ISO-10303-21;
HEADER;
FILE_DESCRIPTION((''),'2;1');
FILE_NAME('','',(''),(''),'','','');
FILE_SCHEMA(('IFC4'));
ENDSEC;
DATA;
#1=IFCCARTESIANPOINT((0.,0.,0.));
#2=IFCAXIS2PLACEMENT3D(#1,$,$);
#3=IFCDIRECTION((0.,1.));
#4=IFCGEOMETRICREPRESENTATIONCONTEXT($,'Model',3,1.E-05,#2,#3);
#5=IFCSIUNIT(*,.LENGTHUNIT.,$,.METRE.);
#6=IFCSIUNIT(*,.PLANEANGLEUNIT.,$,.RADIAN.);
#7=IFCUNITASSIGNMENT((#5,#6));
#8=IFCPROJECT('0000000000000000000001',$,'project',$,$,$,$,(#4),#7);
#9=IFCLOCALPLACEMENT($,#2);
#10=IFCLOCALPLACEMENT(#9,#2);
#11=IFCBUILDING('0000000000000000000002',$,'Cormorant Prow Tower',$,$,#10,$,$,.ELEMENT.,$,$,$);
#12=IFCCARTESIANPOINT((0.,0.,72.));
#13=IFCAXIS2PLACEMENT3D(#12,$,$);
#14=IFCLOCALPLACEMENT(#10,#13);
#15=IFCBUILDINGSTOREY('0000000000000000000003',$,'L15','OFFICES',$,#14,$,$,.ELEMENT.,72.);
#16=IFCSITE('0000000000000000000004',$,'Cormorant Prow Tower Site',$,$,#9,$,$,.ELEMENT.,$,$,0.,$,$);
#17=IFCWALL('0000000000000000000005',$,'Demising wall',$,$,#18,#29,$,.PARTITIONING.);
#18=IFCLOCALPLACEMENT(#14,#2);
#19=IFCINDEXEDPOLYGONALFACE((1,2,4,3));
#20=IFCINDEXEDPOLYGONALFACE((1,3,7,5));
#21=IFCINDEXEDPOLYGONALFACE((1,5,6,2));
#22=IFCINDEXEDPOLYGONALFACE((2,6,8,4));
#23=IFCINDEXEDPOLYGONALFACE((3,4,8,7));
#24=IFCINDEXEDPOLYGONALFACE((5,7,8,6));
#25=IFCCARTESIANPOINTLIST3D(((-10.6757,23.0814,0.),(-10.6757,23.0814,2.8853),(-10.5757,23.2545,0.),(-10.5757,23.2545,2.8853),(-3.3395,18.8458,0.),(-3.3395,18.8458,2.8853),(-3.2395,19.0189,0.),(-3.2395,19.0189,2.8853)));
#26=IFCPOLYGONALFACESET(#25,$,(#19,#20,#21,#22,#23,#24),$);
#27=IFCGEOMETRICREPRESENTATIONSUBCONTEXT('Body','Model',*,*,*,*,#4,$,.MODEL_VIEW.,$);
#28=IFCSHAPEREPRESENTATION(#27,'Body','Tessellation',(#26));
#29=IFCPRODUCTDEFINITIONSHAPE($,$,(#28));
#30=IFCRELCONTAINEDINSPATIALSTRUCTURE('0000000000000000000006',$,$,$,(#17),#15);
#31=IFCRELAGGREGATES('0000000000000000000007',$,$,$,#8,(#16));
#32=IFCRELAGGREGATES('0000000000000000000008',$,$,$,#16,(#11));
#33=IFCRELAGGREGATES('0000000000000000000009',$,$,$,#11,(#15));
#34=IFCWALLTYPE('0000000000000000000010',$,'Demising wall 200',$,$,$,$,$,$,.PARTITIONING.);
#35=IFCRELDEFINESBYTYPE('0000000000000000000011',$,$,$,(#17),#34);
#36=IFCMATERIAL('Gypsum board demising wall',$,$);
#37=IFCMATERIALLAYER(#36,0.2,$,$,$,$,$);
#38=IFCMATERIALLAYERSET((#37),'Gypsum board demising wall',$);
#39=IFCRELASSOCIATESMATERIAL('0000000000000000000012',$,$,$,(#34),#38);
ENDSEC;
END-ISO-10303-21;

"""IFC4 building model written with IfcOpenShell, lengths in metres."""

from ifc_helpers import new_model, si_unit, direction, frame, frame_2d, origin, place, context, subcontext, project, spatial, rectangle, extrude, material, layer, layer_set, type_object, element, save


model = new_model("IFC4")

# Units and contexts
model_context = context("Model", 3, precision=1e-05, world=origin(), true_north=direction((0.0, 1.0)))
body_context = subcontext(model_context, "Body", "Model", "MODEL_VIEW")
ifc_project = project(units=[si_unit("LENGTHUNIT", "METRE"), si_unit("PLANEANGLEUNIT", "RADIAN")], contexts=[model_context])

# Site, building, storey
site_placement = place(None, origin())
site = spatial("IfcSite", under=ifc_project, at=site_placement, Name="Cormorant Prow Tower Site", CompositionType="ELEMENT", RefElevation=0.0)
building_placement = place(site_placement, origin())
building = spatial("IfcBuilding", under=site, at=building_placement, Name="Cormorant Prow Tower", CompositionType="ELEMENT")
storey_placement = place(building_placement, frame((0.0, 0.0, 72.0)))
storey = spatial("IfcBuildingStorey", under=building, at=storey_placement, Name="L15", Description="OFFICES", CompositionType="ELEMENT", Elevation=72.0)

# Wall
ifc_material_1 = material(Name="Gypsum board demising wall")
ifc_layer_1 = layer(ifc_material_1, 0.2)
ifc_layer_set_1 = layer_set([ifc_layer_1], Name="Gypsum board demising wall")
wall_type_1 = type_object("IfcWallType", Name="Demising wall 200", PredefinedType="PARTITIONING", material=ifc_layer_set_1)
wall_1_placement = place(storey_placement, frame((-10.6257, 23.168, 0.0), z_axis=(0.0, 0.0, 1.0), x_axis=(0.866023, -0.500004, 0.0)))
element("IfcWall", 1, at=wall_1_placement, inside=storey, type_object=wall_type_1, Name="Demising wall", PredefinedType="PARTITIONING", context=body_context, shape_type="SweptSolid", body=[
    extrude(rectangle(XDim=8.4712, YDim=0.2, at=frame_2d((4.2356, 0.0))), origin(), (0.0, 0.0, 1.0), 2.8853),
])

save(model, "model.ifc")
